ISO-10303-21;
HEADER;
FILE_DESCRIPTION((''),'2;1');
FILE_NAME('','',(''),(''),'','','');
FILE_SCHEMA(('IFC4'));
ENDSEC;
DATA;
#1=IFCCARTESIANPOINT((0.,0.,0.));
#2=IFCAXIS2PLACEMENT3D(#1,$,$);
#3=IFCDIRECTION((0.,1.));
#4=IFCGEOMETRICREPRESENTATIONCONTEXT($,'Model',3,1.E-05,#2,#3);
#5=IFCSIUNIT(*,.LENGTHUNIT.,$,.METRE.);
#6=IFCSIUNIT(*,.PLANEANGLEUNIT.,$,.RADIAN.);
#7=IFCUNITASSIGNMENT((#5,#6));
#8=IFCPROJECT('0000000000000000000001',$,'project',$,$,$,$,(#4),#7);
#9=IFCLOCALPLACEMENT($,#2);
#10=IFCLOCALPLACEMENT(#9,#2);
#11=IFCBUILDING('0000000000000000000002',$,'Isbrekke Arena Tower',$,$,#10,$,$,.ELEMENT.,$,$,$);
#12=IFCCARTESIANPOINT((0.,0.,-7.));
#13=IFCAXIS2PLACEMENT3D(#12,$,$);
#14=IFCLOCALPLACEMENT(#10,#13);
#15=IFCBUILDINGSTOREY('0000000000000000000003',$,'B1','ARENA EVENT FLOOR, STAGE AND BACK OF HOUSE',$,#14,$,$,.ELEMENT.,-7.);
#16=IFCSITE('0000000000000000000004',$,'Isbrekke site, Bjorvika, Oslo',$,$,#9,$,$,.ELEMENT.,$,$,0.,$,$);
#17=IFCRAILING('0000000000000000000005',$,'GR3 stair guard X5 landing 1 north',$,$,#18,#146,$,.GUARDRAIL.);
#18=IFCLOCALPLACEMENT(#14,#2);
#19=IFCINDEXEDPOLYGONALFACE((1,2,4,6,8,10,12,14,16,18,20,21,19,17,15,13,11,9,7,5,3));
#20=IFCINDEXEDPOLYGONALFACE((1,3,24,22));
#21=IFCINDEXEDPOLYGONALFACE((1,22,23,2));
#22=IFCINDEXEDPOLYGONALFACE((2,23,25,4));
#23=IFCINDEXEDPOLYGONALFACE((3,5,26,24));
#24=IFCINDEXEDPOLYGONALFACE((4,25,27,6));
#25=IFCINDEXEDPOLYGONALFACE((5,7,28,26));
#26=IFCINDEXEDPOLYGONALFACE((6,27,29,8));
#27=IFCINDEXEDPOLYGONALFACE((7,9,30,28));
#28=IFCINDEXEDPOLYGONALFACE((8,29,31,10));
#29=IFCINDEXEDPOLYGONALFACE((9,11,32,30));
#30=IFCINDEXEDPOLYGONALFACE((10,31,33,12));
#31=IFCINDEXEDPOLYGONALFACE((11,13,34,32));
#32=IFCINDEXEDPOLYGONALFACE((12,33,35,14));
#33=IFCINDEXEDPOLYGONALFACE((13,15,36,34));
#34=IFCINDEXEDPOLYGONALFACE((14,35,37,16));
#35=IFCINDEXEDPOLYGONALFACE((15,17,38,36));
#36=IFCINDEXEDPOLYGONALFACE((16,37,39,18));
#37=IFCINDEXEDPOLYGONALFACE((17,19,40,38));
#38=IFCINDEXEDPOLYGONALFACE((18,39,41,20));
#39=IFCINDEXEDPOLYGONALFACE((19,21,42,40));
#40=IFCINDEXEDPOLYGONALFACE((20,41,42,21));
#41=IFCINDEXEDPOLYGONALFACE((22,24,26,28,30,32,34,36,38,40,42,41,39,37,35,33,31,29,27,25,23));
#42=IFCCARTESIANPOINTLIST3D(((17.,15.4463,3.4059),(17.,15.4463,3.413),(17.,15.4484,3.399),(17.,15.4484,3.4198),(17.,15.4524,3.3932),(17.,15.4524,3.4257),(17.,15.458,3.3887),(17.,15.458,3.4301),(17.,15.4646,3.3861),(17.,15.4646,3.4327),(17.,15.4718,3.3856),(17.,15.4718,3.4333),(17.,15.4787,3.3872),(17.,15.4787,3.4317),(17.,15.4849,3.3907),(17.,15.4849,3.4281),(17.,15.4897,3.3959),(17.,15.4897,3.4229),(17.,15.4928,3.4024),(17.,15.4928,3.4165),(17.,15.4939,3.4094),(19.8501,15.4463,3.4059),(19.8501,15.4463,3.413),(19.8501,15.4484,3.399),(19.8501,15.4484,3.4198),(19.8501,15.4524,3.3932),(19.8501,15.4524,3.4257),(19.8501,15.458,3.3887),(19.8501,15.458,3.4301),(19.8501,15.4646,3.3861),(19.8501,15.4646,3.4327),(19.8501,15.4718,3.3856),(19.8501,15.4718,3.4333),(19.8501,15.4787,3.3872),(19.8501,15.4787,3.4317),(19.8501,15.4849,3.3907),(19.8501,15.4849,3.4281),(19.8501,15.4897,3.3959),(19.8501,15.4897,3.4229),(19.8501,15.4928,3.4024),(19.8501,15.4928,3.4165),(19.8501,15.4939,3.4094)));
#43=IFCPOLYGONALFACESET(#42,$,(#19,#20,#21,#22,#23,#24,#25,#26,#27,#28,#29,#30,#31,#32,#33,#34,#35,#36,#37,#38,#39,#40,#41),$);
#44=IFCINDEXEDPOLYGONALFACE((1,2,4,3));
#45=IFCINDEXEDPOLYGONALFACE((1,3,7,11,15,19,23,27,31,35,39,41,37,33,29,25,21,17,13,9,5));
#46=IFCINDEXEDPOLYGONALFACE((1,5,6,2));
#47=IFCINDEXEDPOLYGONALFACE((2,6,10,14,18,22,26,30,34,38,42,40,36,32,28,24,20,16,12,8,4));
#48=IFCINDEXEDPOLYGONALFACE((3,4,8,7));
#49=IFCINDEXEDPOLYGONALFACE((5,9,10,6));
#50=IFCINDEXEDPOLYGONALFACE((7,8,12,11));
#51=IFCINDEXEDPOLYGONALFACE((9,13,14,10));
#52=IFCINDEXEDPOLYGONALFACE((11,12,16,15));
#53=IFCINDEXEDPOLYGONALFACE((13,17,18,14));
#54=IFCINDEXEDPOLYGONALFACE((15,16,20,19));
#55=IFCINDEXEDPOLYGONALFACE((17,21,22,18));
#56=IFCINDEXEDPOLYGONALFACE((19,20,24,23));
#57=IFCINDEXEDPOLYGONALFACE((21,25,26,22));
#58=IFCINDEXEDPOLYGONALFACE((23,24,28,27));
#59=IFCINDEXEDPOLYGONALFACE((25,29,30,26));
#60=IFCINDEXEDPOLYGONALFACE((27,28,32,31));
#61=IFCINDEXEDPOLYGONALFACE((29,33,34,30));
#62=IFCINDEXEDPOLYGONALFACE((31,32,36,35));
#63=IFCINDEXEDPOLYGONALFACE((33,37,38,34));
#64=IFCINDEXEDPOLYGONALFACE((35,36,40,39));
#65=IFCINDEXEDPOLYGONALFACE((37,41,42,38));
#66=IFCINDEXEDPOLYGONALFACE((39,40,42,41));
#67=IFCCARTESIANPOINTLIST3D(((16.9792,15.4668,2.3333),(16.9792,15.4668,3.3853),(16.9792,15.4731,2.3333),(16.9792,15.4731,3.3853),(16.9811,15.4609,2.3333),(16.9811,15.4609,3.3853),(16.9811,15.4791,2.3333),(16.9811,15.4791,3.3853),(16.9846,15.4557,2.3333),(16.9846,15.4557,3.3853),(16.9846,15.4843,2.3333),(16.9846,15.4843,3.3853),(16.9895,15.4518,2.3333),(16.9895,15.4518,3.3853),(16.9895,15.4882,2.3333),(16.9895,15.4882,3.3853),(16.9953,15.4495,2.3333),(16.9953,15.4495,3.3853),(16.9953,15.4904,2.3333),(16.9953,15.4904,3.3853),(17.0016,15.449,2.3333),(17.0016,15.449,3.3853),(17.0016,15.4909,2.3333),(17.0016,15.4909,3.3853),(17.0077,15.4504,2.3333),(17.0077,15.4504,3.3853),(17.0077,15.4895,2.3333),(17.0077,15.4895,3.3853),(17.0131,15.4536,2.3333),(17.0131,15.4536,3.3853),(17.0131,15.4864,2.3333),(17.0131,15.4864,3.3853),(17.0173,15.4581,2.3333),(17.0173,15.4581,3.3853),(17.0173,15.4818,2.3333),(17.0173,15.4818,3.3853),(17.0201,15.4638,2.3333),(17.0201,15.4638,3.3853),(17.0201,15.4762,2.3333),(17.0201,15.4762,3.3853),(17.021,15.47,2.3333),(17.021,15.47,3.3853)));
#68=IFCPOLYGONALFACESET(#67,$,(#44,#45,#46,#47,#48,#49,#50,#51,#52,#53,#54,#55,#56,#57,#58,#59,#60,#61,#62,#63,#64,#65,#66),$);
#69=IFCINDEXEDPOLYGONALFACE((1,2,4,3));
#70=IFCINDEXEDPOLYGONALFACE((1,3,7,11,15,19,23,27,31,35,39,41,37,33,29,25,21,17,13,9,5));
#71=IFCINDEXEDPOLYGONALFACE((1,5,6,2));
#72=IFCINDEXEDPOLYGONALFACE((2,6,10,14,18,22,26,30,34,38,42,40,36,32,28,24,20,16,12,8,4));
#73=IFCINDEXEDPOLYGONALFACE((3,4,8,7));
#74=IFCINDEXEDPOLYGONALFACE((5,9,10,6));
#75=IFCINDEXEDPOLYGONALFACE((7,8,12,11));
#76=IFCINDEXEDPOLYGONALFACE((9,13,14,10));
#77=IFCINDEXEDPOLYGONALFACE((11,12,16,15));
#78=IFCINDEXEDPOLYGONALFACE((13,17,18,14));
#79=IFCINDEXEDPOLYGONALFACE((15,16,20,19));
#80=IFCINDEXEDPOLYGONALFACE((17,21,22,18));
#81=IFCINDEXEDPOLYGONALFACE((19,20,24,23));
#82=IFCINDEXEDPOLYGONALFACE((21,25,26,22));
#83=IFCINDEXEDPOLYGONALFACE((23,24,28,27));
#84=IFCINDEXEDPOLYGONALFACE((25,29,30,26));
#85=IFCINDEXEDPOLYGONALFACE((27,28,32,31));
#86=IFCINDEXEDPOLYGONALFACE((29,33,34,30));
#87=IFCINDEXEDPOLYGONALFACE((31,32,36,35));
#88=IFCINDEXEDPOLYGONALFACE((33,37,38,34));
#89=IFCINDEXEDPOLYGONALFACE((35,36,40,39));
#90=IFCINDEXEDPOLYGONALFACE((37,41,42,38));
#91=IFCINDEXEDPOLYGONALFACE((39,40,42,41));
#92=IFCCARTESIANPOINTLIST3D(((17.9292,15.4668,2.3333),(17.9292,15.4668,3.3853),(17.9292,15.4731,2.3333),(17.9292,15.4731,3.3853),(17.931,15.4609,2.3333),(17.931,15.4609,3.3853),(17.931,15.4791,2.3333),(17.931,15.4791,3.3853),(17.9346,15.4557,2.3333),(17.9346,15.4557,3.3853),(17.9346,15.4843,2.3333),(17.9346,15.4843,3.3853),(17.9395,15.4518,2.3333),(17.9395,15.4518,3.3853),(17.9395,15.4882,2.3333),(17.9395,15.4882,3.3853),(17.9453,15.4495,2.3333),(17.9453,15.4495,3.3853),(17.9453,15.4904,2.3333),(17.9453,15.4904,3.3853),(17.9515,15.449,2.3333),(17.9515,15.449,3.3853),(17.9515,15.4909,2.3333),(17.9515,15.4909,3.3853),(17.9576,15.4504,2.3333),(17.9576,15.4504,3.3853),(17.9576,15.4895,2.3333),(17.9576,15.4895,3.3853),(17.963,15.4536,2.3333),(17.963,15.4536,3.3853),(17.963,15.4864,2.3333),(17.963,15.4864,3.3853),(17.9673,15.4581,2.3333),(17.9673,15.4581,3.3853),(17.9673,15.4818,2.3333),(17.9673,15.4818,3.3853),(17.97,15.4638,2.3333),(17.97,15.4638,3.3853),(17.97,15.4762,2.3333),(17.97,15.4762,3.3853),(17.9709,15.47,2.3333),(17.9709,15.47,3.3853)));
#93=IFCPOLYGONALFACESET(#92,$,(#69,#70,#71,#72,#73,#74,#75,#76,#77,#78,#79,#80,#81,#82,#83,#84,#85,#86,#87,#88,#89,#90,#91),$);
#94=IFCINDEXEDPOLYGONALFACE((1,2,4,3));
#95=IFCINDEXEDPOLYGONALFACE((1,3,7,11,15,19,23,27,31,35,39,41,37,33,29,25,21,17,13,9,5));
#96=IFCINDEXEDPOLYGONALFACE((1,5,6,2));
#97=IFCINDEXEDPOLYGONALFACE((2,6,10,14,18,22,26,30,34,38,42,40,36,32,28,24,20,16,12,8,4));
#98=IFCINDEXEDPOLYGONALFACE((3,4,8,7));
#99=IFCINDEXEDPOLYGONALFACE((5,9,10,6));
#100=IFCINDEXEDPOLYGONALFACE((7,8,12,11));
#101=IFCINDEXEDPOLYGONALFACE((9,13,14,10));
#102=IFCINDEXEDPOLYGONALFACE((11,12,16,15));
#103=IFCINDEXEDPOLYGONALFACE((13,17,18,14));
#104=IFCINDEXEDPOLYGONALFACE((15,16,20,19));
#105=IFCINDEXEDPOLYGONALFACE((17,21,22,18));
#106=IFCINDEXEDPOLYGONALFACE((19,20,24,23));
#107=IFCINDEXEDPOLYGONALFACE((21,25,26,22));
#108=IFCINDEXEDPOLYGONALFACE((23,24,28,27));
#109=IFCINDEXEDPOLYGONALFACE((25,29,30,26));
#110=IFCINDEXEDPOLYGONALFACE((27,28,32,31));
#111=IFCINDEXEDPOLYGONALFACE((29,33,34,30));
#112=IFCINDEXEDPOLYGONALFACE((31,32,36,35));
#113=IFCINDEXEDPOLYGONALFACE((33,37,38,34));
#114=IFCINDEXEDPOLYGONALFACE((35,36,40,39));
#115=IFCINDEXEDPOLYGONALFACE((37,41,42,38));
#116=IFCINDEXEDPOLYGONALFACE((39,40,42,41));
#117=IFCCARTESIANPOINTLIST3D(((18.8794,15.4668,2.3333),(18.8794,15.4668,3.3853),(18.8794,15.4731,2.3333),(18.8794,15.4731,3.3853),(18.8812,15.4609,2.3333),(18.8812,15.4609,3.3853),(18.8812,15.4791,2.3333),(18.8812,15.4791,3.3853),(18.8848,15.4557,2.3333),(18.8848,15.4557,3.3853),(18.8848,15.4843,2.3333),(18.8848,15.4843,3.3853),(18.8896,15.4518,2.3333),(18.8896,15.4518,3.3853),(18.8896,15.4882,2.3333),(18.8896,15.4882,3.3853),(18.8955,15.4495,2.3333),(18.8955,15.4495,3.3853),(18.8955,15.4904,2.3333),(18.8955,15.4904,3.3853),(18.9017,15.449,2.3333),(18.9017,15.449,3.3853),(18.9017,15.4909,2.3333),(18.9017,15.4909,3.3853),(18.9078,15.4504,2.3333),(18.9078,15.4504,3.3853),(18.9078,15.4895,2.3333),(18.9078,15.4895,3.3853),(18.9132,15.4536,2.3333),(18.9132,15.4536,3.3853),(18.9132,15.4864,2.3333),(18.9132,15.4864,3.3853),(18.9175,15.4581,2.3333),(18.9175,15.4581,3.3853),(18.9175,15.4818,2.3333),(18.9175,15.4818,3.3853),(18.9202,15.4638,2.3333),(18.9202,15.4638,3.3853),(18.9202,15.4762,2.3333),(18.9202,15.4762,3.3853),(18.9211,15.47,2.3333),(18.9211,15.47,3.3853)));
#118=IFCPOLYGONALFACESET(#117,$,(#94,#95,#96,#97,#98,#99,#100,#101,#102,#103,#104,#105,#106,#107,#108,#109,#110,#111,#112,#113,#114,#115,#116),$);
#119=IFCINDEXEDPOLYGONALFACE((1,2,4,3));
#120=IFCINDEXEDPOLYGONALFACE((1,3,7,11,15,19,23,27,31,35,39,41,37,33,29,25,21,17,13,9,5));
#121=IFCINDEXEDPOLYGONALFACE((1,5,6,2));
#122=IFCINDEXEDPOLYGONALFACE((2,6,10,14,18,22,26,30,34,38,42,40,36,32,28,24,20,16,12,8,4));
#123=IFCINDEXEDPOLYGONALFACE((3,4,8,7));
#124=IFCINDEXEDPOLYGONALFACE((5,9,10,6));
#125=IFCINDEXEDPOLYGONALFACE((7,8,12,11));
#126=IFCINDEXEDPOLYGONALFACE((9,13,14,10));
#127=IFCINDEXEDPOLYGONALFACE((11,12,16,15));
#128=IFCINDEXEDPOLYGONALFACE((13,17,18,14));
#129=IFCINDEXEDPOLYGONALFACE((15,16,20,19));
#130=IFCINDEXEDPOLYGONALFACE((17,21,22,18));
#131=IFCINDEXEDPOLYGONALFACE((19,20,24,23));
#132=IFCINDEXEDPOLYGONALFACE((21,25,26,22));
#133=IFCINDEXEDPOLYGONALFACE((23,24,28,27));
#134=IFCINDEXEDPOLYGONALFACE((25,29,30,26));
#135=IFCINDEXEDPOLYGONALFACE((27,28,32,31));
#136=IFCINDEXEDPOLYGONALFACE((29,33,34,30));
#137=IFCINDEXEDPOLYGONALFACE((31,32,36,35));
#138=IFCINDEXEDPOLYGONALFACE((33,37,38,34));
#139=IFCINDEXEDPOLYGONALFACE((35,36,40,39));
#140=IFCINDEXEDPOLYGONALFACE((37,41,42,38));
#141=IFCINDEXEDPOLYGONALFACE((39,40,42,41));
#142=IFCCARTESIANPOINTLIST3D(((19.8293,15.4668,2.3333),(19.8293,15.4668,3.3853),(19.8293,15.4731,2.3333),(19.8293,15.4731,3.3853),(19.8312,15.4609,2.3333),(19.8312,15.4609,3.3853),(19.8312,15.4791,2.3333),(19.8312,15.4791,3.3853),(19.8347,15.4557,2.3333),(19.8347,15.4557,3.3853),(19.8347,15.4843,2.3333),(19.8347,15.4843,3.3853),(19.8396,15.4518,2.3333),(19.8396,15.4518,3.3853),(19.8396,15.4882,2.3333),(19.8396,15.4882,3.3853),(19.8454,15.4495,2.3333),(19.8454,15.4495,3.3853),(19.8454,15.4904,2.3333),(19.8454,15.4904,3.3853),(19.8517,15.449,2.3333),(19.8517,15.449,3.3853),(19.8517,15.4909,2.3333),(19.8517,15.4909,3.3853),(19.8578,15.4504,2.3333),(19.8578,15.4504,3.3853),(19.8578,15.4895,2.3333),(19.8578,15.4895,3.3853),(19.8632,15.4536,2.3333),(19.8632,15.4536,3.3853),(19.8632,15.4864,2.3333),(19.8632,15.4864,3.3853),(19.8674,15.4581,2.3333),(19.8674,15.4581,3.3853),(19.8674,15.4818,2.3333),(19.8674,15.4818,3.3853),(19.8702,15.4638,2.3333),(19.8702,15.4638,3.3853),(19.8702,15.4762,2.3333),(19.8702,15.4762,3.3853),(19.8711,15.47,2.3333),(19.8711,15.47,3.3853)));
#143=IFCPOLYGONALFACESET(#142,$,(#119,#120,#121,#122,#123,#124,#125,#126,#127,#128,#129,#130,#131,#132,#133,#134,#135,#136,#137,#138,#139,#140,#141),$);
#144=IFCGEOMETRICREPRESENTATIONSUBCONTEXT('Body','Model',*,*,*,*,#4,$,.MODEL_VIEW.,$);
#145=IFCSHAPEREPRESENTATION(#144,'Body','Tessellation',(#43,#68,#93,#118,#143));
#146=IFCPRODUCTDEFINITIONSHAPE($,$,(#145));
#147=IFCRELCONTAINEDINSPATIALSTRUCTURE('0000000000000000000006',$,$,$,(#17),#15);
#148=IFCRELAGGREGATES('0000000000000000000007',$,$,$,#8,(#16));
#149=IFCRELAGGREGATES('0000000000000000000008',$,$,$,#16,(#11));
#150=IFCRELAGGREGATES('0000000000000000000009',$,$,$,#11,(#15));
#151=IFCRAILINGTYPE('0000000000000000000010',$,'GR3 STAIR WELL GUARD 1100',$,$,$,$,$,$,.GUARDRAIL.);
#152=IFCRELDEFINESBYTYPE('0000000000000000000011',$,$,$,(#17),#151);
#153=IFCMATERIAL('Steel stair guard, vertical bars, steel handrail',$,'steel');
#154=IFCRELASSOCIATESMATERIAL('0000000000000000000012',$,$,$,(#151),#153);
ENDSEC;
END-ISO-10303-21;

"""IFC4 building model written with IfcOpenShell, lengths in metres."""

from ifc_helpers import new_model, si_unit, direction, frame, origin, origin_2d, place, context, subcontext, project, spatial, circle, extrude, material, type_object, element, save


model = new_model("IFC4")

# Units and contexts
model_context = context("Model", 3, precision=1e-05, world=origin(), true_north=direction((0.0, 1.0)))
body_context = subcontext(model_context, "Body", "Model", "MODEL_VIEW")
ifc_project = project(units=[si_unit("LENGTHUNIT", "METRE"), si_unit("PLANEANGLEUNIT", "RADIAN")], contexts=[model_context])

# Site, building, storey
site_placement = place(None, origin())
site = spatial("IfcSite", under=ifc_project, at=site_placement, Name="Isbrekke site, Bjorvika, Oslo", CompositionType="ELEMENT", RefElevation=0.0)
building_placement = place(site_placement, origin())
building = spatial("IfcBuilding", under=site, at=building_placement, Name="Isbrekke Arena Tower", CompositionType="ELEMENT")
storey_placement = place(building_placement, frame((0.0, 0.0, -7.0)))
storey = spatial("IfcBuildingStorey", under=building, at=storey_placement, Name="B1", Description="ARENA EVENT FLOOR, STAGE AND BACK OF HOUSE", CompositionType="ELEMENT", Elevation=-7.0)

# Railing
ifc_material_1 = material(Name="Steel stair guard, vertical bars, steel handrail", Category="steel")
railing_type = type_object("IfcRailingType", Name="GR3 STAIR WELL GUARD 1100", PredefinedType="GUARDRAIL", material=ifc_material_1)
railing_1_placement = place(storey_placement, frame((17.0, 15.47, 2.3333)))
element("IfcRailing", 1, at=railing_1_placement, inside=storey, type_object=railing_type, Name="GR3 stair guard X5 landing 1 north", PredefinedType="GUARDRAIL", context=body_context, shape_type="SweptSolid", body=[
    extrude(circle(Radius=0.0239, at=origin_2d()), frame((0.0, 0.0, 1.0762), z_axis=(1.0, 0.0, 0.0), x_axis=(0.0, 1.0, 0.0)), (0.0, 0.0, 1.0), 2.8501),
    extrude(circle(Radius=0.021, at=origin_2d()), origin(), (0.0, 0.0, 1.0), 1.052),
    extrude(circle(Radius=0.021, at=origin_2d()), frame((0.95, 0.0, 0.0)), (0.0, 0.0, 1.0), 1.052),
    extrude(circle(Radius=0.021, at=origin_2d()), frame((1.9001, 0.0, 0.0)), (0.0, 0.0, 1.0), 1.052),
    extrude(circle(Radius=0.021, at=origin_2d()), frame((2.8501, 0.0, 0.0)), (0.0, 0.0, 1.0), 1.052),
])

save(model, "model.ifc")
